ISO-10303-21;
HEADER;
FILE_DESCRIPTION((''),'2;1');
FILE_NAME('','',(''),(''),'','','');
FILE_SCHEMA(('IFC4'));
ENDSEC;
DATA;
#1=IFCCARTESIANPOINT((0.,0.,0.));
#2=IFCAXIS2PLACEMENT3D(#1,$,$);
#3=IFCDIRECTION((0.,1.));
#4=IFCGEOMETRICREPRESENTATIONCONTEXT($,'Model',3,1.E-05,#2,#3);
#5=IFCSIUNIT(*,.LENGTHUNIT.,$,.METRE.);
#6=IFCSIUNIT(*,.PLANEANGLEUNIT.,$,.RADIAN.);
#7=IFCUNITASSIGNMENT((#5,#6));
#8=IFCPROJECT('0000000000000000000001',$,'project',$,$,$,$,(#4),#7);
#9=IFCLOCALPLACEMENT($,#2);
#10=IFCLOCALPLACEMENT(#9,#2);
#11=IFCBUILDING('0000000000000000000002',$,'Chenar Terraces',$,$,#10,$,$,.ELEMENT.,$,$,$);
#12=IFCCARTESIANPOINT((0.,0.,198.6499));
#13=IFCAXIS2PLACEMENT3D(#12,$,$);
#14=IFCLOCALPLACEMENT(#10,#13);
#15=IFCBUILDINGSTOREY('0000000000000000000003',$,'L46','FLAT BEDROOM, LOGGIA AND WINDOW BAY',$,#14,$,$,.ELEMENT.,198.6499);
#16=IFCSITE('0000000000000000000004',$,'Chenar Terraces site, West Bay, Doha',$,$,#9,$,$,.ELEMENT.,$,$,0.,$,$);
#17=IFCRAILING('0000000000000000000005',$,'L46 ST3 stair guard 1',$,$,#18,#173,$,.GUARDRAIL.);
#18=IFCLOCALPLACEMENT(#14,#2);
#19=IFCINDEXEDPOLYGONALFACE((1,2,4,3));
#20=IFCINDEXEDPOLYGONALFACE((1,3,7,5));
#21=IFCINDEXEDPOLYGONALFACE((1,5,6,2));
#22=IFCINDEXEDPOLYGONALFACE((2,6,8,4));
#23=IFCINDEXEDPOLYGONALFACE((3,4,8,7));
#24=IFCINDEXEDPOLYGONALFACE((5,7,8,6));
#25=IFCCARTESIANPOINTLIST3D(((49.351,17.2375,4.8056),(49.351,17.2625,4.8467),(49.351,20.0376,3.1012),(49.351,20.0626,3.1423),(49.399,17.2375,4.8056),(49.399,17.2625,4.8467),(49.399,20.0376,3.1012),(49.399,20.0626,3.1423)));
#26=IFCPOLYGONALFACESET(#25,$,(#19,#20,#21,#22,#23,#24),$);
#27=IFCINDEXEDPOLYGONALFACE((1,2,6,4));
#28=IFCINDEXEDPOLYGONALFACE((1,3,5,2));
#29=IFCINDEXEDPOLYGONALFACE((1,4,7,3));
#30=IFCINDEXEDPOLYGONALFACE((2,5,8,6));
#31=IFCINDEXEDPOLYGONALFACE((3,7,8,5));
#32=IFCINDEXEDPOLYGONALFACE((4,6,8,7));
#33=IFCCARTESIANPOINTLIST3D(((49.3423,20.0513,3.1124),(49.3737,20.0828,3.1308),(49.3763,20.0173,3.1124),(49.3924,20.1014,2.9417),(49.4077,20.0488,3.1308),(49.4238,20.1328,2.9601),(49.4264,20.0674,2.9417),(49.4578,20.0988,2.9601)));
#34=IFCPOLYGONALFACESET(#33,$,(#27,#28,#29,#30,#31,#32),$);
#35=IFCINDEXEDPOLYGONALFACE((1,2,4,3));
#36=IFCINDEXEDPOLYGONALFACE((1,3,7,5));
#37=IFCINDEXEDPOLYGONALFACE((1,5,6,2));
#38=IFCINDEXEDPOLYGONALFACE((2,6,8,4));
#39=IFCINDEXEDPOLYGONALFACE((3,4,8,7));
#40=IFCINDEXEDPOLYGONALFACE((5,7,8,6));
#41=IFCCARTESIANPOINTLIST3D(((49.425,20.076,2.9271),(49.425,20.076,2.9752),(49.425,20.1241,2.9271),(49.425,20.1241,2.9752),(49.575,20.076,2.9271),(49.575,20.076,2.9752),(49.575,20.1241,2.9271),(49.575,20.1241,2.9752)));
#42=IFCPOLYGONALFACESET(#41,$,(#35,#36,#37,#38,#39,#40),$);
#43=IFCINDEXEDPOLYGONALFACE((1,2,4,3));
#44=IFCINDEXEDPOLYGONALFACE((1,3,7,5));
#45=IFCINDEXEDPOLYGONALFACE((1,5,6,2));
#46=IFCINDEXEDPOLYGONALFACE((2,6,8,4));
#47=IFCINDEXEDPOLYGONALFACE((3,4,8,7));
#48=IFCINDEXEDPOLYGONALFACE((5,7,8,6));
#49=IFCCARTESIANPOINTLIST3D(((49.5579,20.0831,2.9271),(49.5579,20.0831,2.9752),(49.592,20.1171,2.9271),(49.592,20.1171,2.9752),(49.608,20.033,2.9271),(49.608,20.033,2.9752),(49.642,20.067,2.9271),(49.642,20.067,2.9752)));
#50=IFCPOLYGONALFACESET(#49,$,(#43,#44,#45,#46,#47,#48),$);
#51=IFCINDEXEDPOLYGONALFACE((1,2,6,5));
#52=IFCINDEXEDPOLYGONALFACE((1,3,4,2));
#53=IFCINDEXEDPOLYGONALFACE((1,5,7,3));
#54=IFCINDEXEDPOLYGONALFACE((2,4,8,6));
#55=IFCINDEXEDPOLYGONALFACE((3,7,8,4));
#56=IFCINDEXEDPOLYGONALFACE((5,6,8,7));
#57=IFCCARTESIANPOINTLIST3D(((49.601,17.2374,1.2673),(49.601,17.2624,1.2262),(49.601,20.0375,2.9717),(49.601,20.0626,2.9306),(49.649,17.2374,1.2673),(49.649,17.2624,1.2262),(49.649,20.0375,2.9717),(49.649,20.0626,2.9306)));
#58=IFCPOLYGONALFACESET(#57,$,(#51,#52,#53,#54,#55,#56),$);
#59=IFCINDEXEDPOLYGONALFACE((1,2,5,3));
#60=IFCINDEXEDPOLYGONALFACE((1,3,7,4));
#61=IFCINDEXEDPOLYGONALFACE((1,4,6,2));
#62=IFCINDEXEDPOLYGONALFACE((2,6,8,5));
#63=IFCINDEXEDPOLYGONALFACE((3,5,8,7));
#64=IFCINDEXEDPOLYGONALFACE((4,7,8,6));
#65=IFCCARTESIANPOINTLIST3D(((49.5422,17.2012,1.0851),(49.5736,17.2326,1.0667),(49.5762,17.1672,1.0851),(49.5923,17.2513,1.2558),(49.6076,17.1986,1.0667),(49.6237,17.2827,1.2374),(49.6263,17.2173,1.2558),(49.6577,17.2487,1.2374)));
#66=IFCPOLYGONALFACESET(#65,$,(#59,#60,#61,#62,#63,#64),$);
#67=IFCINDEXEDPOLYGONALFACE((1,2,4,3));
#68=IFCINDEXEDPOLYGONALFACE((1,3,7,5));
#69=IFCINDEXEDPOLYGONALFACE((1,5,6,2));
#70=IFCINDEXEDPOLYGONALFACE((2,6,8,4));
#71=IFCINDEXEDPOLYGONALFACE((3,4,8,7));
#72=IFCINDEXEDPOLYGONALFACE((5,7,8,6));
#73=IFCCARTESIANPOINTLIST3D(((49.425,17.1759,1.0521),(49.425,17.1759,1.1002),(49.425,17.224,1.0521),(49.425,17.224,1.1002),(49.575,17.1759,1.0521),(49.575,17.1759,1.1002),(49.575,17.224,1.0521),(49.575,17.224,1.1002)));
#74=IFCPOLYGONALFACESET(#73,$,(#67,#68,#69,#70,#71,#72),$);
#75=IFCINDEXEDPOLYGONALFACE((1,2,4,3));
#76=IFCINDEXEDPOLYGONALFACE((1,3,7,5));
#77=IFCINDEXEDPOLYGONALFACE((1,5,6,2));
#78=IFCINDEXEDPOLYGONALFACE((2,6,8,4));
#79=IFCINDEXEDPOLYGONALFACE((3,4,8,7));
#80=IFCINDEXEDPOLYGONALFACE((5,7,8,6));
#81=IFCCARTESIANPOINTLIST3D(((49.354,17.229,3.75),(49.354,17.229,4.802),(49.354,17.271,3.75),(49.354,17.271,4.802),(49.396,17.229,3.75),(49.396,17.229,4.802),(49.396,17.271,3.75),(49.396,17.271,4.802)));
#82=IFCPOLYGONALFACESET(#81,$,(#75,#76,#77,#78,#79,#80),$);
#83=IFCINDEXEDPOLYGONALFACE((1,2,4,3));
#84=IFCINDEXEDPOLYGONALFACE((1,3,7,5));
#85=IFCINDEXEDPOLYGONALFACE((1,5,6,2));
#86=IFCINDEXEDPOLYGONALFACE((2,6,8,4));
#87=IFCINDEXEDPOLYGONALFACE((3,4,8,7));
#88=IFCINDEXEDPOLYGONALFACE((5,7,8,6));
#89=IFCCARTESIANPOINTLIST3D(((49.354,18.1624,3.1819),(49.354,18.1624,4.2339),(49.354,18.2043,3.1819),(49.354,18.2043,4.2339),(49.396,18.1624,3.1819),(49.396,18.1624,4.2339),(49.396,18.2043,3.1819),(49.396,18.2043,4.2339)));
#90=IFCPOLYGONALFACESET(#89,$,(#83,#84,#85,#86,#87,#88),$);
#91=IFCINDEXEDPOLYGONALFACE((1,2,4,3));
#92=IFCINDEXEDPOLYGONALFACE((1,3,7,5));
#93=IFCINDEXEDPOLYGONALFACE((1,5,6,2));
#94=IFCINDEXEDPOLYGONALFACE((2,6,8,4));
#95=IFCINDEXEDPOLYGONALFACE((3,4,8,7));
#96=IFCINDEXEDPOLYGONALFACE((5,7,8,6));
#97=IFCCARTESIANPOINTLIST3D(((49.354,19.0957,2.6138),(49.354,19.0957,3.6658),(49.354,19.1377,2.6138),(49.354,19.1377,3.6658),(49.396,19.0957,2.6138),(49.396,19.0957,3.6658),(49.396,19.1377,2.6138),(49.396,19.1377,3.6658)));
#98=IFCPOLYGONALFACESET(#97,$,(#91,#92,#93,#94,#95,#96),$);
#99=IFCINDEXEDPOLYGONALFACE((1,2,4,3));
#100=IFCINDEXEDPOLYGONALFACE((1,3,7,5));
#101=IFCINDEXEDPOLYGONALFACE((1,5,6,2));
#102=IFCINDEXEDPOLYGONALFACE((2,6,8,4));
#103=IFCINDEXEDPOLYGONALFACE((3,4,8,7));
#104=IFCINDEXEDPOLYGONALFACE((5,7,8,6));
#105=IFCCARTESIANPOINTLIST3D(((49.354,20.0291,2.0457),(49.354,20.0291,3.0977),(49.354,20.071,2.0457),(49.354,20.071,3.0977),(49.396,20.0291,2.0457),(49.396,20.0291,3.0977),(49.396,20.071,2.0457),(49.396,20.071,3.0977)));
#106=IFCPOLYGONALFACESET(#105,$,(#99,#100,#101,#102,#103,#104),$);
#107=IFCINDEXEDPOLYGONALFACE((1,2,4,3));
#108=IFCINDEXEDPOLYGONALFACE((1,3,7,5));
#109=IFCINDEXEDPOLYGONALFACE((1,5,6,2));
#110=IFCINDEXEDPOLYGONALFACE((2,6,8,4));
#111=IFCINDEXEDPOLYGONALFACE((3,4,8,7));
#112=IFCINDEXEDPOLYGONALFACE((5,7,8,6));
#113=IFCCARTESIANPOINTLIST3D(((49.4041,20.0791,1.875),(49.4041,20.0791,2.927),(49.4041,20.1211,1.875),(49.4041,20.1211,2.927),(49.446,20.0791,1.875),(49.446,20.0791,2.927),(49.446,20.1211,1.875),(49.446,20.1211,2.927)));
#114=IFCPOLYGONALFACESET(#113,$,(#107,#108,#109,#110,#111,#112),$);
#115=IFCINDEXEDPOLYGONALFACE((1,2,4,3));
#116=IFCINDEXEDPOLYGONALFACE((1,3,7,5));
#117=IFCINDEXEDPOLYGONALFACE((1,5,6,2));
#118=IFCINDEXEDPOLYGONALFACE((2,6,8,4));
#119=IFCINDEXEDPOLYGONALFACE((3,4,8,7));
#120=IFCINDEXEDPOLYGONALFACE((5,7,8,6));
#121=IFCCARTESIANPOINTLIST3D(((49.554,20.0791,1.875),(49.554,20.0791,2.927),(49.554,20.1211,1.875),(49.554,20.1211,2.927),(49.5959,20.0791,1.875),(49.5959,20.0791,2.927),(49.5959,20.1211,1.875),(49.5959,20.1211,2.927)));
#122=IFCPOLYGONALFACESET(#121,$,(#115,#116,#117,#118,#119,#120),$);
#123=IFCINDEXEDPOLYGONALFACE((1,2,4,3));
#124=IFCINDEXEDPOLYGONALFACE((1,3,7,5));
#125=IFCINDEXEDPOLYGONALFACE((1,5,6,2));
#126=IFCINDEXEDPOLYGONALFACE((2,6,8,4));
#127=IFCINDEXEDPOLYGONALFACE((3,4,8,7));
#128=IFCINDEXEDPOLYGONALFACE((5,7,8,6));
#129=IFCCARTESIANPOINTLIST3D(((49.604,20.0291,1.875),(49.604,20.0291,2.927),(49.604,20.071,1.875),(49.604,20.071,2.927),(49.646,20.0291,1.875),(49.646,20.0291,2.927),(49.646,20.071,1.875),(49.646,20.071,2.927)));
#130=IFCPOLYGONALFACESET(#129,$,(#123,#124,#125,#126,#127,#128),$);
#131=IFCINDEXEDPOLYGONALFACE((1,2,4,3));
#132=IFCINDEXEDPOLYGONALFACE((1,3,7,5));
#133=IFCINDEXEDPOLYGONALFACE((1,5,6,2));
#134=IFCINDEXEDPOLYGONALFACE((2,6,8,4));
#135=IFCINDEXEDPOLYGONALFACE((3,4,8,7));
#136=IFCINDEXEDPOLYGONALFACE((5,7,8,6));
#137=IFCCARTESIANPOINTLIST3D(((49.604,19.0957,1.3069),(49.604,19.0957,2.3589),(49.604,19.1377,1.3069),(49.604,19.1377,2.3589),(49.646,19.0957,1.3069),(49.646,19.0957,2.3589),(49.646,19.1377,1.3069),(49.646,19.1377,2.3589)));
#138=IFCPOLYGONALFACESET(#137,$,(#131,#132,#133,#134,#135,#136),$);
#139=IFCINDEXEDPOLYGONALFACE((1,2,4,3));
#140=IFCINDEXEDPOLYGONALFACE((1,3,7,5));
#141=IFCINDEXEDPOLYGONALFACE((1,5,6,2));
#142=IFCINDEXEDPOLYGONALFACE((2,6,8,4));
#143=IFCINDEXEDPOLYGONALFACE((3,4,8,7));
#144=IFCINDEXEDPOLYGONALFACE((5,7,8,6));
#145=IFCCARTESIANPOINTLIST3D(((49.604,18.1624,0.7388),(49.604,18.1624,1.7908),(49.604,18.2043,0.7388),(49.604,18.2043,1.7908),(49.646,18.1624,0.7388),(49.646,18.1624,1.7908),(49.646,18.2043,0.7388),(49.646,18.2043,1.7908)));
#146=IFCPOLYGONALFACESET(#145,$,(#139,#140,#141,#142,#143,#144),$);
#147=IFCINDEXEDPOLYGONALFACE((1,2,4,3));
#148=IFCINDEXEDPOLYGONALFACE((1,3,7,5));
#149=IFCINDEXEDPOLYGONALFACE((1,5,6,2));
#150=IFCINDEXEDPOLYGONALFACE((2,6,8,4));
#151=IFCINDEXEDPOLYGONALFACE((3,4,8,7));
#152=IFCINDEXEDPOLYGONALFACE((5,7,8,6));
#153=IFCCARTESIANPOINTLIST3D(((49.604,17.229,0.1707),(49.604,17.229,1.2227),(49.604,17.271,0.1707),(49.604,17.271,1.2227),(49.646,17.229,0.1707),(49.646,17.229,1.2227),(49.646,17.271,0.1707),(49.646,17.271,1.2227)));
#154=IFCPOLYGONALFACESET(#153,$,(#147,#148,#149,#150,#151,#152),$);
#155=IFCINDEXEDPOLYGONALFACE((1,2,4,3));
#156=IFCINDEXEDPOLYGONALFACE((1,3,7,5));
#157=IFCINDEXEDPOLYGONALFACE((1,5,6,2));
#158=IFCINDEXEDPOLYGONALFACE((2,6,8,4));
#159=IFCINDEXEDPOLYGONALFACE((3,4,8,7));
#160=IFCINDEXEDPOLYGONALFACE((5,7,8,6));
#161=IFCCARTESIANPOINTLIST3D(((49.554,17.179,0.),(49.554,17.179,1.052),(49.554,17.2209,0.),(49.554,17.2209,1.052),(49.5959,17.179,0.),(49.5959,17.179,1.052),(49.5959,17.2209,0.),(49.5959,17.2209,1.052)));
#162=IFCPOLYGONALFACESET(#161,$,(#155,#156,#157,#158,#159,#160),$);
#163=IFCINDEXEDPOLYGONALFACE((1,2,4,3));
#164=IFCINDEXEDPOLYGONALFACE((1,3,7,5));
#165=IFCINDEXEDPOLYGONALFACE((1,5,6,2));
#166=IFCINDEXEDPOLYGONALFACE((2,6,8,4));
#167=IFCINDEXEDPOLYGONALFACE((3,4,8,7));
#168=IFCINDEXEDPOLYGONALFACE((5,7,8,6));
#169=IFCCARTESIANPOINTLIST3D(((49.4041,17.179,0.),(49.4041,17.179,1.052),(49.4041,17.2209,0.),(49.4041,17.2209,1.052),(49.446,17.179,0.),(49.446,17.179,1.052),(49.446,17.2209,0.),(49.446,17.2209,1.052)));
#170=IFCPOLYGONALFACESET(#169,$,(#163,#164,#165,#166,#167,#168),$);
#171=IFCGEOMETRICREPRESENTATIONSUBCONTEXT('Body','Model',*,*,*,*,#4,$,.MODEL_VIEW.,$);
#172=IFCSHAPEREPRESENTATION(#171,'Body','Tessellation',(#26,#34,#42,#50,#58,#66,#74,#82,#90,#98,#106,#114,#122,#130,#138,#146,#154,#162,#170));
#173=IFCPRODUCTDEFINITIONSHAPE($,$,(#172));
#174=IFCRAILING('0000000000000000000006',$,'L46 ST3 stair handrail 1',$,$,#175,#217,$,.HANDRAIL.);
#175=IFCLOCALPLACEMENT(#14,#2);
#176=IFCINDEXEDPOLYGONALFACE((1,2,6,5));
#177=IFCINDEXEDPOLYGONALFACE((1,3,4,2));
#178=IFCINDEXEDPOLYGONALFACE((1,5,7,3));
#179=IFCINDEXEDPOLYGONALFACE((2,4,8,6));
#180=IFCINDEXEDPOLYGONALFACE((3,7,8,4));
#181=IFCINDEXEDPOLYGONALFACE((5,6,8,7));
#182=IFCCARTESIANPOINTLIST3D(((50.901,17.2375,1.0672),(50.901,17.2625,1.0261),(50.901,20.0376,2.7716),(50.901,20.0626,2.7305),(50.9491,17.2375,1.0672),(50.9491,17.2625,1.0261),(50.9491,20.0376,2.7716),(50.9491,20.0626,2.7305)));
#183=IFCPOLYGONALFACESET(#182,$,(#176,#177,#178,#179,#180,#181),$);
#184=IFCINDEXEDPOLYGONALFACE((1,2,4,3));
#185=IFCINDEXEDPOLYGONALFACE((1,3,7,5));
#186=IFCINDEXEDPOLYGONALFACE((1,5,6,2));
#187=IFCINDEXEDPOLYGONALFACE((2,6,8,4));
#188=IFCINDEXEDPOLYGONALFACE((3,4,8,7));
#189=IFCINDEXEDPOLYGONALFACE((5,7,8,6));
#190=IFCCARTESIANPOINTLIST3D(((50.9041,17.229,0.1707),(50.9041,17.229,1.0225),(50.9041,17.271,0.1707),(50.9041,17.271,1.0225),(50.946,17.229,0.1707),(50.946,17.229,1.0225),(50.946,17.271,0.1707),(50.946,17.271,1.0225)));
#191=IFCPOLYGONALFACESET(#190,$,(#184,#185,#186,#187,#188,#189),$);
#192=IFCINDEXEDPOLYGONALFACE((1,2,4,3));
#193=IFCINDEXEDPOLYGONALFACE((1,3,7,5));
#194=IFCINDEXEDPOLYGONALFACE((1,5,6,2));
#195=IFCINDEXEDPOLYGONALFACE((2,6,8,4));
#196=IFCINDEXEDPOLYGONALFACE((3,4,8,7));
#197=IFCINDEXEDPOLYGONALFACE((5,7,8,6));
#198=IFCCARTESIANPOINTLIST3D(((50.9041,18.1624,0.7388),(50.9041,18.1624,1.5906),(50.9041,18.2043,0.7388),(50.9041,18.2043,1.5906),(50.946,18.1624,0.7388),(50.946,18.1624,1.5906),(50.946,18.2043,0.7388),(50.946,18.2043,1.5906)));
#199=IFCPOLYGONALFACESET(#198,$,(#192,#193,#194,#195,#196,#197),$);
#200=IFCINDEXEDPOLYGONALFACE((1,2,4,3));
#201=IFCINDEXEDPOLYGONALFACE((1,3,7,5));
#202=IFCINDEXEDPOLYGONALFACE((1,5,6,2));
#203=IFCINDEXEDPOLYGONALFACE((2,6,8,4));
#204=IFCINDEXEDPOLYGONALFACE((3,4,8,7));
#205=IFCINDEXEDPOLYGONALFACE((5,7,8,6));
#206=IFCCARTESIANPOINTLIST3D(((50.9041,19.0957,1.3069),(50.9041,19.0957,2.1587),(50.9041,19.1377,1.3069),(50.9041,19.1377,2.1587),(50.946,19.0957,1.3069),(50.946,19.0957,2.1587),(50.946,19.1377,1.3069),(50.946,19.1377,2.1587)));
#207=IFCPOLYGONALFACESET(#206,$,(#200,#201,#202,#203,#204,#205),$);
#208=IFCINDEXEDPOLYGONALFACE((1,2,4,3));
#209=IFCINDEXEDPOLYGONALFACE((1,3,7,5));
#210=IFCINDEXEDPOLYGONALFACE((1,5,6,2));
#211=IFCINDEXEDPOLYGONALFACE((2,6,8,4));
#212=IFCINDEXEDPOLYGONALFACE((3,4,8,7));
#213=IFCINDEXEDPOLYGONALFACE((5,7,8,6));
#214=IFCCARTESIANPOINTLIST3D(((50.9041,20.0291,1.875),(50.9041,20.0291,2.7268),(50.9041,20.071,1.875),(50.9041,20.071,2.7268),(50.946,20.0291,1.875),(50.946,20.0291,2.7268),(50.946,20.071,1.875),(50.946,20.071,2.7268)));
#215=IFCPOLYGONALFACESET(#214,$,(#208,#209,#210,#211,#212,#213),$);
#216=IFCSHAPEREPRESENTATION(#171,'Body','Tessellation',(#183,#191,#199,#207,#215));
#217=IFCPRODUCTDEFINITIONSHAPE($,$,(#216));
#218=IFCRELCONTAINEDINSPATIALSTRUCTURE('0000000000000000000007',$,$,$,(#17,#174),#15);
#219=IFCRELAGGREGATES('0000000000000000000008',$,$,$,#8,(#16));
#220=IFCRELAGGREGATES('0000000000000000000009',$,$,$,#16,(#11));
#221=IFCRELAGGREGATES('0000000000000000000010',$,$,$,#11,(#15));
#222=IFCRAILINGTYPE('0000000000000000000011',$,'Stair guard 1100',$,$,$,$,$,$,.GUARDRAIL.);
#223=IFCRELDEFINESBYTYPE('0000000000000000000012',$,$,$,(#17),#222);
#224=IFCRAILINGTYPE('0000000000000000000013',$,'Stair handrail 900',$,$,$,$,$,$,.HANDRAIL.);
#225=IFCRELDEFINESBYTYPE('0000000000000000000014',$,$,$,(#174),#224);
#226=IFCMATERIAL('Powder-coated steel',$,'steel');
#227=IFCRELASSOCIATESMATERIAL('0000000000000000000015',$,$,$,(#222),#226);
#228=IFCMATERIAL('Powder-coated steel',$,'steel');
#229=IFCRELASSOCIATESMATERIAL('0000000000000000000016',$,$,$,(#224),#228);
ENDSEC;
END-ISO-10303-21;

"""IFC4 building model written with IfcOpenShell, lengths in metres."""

from ifc_helpers import new_model, si_unit, direction, frame, origin, origin_2d, place, context, subcontext, project, spatial, rectangle, extrude, material, type_object, element, save


model = new_model("IFC4")

# Units and contexts
model_context = context("Model", 3, precision=1e-05, world=origin(), true_north=direction((0.0, 1.0)))
body_context = subcontext(model_context, "Body", "Model", "MODEL_VIEW")
ifc_project = project(units=[si_unit("LENGTHUNIT", "METRE"), si_unit("PLANEANGLEUNIT", "RADIAN")], contexts=[model_context])

# Site, building, storey
site_placement = place(None, origin())
site = spatial("IfcSite", under=ifc_project, at=site_placement, Name="Chenar Terraces site, West Bay, Doha", CompositionType="ELEMENT", RefElevation=0.0)
building_placement = place(site_placement, origin())
building = spatial("IfcBuilding", under=site, at=building_placement, Name="Chenar Terraces", CompositionType="ELEMENT")
storey_placement = place(building_placement, frame((0.0, 0.0, 198.6499)))
storey = spatial("IfcBuildingStorey", under=building, at=storey_placement, Name="L46", Description="FLAT BEDROOM, LOGGIA AND WINDOW BAY", CompositionType="ELEMENT", Elevation=198.6499)

# Railings
ifc_material_1 = material(Name="Powder-coated steel", Category="steel")
railing_type_1 = type_object("IfcRailingType", Name="Stair guard 1100", PredefinedType="GUARDRAIL", material=ifc_material_1)
railing_1_placement = place(storey_placement, frame((49.375, 17.25, 3.75)))
element("IfcRailing", 1, at=railing_1_placement, inside=storey, type_object=railing_type_1, Name="L46 ST3 stair guard 1", PredefinedType="GUARDRAIL", context=body_context, shape_type="SweptSolid", body=[
    extrude(rectangle(XDim=0.0481, YDim=0.0481, at=origin_2d()), frame((0.0, 0.0, 1.0762), z_axis=(0.0, 0.854203, -0.51994), x_axis=(-1.0, 0.0, 0.0)), (0.0, 0.0, 1.0), 3.2781),
    extrude(rectangle(XDim=0.0481, YDim=0.0481, at=origin_2d()), frame((0.0, 2.8, -0.6284), z_axis=(0.2709, 0.2709, -0.923703), x_axis=(-0.707107, 0.707107, 0.0)), (0.0, 0.0, 1.0), 0.1848),
    extrude(rectangle(XDim=0.0481, YDim=0.0481, at=origin_2d()), frame((0.05, 2.8501, -0.7988), z_axis=(1.0, 0.0, 0.0), x_axis=(0.0, 1.0, 0.0)), (0.0, 0.0, 1.0), 0.1499),
    extrude(rectangle(XDim=0.0481, YDim=0.0481, at=origin_2d()), frame((0.2, 2.8501, -0.7988), z_axis=(0.707107, -0.707107, 0.0), x_axis=(0.707107, 0.707107, 0.0)), (0.0, 0.0, 1.0), 0.0708),
    extrude(rectangle(XDim=0.0481, YDim=0.0481, at=origin_2d()), frame((0.25, 2.8, -0.7988), z_axis=(0.0, -0.854203, -0.51994), x_axis=(1.0, 0.0, 0.0)), (0.0, 0.0, 1.0), 3.2781),
    extrude(rectangle(XDim=0.0481, YDim=0.0481, at=origin_2d()), frame((0.25, 0.0, -2.5034), z_axis=(-0.2709, -0.2709, -0.923703), x_axis=(0.707107, -0.707107, 0.0)), (0.0, 0.0, 1.0), 0.1848),
    extrude(rectangle(XDim=0.0481, YDim=0.0481, at=origin_2d()), frame((0.2, -0.05, -2.6738), z_axis=(-1.0, 0.0, 0.0), x_axis=(0.0, -1.0, 0.0)), (0.0, 0.0, 1.0), 0.1499),
    extrude(rectangle(XDim=0.042, YDim=0.042, at=origin_2d()), origin(), (0.0, 0.0, 1.0), 1.052),
    extrude(rectangle(XDim=0.042, YDim=0.042, at=origin_2d()), frame((0.0, 0.9333, -0.5681)), (0.0, 0.0, 1.0), 1.052),
    extrude(rectangle(XDim=0.042, YDim=0.042, at=origin_2d()), frame((0.0, 1.8667, -1.1362)), (0.0, 0.0, 1.0), 1.052),
    extrude(rectangle(XDim=0.042, YDim=0.042, at=origin_2d()), frame((0.0, 2.8, -1.7043)), (0.0, 0.0, 1.0), 1.052),
    extrude(rectangle(XDim=0.042, YDim=0.042, at=origin_2d()), frame((0.05, 2.8501, -1.875)), (0.0, 0.0, 1.0), 1.052),
    extrude(rectangle(XDim=0.042, YDim=0.042, at=origin_2d()), frame((0.2, 2.8501, -1.875)), (0.0, 0.0, 1.0), 1.052),
    extrude(rectangle(XDim=0.042, YDim=0.042, at=origin_2d()), frame((0.25, 2.8, -1.875)), (0.0, 0.0, 1.0), 1.052),
    extrude(rectangle(XDim=0.042, YDim=0.042, at=origin_2d()), frame((0.25, 1.8667, -2.4431)), (0.0, 0.0, 1.0), 1.052),
    extrude(rectangle(XDim=0.042, YDim=0.042, at=origin_2d()), frame((0.25, 0.9333, -3.0112)), (0.0, 0.0, 1.0), 1.052),
    extrude(rectangle(XDim=0.042, YDim=0.042, at=origin_2d()), frame((0.25, 0.0, -3.5793)), (0.0, 0.0, 1.0), 1.052),
    extrude(rectangle(XDim=0.042, YDim=0.042, at=origin_2d()), frame((0.2, -0.05, -3.75)), (0.0, 0.0, 1.0), 1.052),
    extrude(rectangle(XDim=0.042, YDim=0.042, at=origin_2d()), frame((0.05, -0.05, -3.75)), (0.0, 0.0, 1.0), 1.052),
])
ifc_material_2 = material(Name="Powder-coated steel", Category="steel")
railing_type_2 = type_object("IfcRailingType", Name="Stair handrail 900", PredefinedType="HANDRAIL", material=ifc_material_2)
railing_2_placement = place(storey_placement, frame((50.925, 17.25, 0.1707)))
element("IfcRailing", 2, at=railing_2_placement, inside=storey, type_object=railing_type_2, Name="L46 ST3 stair handrail 1", PredefinedType="HANDRAIL", context=body_context, shape_type="SweptSolid", body=[
    extrude(rectangle(XDim=0.0481, YDim=0.0481, at=origin_2d()), frame((0.0, 0.0, 0.876), z_axis=(0.0, 0.854203, 0.51994), x_axis=(-1.0, 0.0, 0.0)), (0.0, 0.0, 1.0), 3.2781),
    extrude(rectangle(XDim=0.042, YDim=0.042, at=origin_2d()), origin(), (0.0, 0.0, 1.0), 0.8518),
    extrude(rectangle(XDim=0.042, YDim=0.042, at=origin_2d()), frame((0.0, 0.9333, 0.5681)), (0.0, 0.0, 1.0), 0.8518),
    extrude(rectangle(XDim=0.042, YDim=0.042, at=origin_2d()), frame((0.0, 1.8667, 1.1362)), (0.0, 0.0, 1.0), 0.8518),
    extrude(rectangle(XDim=0.042, YDim=0.042, at=origin_2d()), frame((0.0, 2.8, 1.7043)), (0.0, 0.0, 1.0), 0.8518),
])

save(model, "model.ifc")
